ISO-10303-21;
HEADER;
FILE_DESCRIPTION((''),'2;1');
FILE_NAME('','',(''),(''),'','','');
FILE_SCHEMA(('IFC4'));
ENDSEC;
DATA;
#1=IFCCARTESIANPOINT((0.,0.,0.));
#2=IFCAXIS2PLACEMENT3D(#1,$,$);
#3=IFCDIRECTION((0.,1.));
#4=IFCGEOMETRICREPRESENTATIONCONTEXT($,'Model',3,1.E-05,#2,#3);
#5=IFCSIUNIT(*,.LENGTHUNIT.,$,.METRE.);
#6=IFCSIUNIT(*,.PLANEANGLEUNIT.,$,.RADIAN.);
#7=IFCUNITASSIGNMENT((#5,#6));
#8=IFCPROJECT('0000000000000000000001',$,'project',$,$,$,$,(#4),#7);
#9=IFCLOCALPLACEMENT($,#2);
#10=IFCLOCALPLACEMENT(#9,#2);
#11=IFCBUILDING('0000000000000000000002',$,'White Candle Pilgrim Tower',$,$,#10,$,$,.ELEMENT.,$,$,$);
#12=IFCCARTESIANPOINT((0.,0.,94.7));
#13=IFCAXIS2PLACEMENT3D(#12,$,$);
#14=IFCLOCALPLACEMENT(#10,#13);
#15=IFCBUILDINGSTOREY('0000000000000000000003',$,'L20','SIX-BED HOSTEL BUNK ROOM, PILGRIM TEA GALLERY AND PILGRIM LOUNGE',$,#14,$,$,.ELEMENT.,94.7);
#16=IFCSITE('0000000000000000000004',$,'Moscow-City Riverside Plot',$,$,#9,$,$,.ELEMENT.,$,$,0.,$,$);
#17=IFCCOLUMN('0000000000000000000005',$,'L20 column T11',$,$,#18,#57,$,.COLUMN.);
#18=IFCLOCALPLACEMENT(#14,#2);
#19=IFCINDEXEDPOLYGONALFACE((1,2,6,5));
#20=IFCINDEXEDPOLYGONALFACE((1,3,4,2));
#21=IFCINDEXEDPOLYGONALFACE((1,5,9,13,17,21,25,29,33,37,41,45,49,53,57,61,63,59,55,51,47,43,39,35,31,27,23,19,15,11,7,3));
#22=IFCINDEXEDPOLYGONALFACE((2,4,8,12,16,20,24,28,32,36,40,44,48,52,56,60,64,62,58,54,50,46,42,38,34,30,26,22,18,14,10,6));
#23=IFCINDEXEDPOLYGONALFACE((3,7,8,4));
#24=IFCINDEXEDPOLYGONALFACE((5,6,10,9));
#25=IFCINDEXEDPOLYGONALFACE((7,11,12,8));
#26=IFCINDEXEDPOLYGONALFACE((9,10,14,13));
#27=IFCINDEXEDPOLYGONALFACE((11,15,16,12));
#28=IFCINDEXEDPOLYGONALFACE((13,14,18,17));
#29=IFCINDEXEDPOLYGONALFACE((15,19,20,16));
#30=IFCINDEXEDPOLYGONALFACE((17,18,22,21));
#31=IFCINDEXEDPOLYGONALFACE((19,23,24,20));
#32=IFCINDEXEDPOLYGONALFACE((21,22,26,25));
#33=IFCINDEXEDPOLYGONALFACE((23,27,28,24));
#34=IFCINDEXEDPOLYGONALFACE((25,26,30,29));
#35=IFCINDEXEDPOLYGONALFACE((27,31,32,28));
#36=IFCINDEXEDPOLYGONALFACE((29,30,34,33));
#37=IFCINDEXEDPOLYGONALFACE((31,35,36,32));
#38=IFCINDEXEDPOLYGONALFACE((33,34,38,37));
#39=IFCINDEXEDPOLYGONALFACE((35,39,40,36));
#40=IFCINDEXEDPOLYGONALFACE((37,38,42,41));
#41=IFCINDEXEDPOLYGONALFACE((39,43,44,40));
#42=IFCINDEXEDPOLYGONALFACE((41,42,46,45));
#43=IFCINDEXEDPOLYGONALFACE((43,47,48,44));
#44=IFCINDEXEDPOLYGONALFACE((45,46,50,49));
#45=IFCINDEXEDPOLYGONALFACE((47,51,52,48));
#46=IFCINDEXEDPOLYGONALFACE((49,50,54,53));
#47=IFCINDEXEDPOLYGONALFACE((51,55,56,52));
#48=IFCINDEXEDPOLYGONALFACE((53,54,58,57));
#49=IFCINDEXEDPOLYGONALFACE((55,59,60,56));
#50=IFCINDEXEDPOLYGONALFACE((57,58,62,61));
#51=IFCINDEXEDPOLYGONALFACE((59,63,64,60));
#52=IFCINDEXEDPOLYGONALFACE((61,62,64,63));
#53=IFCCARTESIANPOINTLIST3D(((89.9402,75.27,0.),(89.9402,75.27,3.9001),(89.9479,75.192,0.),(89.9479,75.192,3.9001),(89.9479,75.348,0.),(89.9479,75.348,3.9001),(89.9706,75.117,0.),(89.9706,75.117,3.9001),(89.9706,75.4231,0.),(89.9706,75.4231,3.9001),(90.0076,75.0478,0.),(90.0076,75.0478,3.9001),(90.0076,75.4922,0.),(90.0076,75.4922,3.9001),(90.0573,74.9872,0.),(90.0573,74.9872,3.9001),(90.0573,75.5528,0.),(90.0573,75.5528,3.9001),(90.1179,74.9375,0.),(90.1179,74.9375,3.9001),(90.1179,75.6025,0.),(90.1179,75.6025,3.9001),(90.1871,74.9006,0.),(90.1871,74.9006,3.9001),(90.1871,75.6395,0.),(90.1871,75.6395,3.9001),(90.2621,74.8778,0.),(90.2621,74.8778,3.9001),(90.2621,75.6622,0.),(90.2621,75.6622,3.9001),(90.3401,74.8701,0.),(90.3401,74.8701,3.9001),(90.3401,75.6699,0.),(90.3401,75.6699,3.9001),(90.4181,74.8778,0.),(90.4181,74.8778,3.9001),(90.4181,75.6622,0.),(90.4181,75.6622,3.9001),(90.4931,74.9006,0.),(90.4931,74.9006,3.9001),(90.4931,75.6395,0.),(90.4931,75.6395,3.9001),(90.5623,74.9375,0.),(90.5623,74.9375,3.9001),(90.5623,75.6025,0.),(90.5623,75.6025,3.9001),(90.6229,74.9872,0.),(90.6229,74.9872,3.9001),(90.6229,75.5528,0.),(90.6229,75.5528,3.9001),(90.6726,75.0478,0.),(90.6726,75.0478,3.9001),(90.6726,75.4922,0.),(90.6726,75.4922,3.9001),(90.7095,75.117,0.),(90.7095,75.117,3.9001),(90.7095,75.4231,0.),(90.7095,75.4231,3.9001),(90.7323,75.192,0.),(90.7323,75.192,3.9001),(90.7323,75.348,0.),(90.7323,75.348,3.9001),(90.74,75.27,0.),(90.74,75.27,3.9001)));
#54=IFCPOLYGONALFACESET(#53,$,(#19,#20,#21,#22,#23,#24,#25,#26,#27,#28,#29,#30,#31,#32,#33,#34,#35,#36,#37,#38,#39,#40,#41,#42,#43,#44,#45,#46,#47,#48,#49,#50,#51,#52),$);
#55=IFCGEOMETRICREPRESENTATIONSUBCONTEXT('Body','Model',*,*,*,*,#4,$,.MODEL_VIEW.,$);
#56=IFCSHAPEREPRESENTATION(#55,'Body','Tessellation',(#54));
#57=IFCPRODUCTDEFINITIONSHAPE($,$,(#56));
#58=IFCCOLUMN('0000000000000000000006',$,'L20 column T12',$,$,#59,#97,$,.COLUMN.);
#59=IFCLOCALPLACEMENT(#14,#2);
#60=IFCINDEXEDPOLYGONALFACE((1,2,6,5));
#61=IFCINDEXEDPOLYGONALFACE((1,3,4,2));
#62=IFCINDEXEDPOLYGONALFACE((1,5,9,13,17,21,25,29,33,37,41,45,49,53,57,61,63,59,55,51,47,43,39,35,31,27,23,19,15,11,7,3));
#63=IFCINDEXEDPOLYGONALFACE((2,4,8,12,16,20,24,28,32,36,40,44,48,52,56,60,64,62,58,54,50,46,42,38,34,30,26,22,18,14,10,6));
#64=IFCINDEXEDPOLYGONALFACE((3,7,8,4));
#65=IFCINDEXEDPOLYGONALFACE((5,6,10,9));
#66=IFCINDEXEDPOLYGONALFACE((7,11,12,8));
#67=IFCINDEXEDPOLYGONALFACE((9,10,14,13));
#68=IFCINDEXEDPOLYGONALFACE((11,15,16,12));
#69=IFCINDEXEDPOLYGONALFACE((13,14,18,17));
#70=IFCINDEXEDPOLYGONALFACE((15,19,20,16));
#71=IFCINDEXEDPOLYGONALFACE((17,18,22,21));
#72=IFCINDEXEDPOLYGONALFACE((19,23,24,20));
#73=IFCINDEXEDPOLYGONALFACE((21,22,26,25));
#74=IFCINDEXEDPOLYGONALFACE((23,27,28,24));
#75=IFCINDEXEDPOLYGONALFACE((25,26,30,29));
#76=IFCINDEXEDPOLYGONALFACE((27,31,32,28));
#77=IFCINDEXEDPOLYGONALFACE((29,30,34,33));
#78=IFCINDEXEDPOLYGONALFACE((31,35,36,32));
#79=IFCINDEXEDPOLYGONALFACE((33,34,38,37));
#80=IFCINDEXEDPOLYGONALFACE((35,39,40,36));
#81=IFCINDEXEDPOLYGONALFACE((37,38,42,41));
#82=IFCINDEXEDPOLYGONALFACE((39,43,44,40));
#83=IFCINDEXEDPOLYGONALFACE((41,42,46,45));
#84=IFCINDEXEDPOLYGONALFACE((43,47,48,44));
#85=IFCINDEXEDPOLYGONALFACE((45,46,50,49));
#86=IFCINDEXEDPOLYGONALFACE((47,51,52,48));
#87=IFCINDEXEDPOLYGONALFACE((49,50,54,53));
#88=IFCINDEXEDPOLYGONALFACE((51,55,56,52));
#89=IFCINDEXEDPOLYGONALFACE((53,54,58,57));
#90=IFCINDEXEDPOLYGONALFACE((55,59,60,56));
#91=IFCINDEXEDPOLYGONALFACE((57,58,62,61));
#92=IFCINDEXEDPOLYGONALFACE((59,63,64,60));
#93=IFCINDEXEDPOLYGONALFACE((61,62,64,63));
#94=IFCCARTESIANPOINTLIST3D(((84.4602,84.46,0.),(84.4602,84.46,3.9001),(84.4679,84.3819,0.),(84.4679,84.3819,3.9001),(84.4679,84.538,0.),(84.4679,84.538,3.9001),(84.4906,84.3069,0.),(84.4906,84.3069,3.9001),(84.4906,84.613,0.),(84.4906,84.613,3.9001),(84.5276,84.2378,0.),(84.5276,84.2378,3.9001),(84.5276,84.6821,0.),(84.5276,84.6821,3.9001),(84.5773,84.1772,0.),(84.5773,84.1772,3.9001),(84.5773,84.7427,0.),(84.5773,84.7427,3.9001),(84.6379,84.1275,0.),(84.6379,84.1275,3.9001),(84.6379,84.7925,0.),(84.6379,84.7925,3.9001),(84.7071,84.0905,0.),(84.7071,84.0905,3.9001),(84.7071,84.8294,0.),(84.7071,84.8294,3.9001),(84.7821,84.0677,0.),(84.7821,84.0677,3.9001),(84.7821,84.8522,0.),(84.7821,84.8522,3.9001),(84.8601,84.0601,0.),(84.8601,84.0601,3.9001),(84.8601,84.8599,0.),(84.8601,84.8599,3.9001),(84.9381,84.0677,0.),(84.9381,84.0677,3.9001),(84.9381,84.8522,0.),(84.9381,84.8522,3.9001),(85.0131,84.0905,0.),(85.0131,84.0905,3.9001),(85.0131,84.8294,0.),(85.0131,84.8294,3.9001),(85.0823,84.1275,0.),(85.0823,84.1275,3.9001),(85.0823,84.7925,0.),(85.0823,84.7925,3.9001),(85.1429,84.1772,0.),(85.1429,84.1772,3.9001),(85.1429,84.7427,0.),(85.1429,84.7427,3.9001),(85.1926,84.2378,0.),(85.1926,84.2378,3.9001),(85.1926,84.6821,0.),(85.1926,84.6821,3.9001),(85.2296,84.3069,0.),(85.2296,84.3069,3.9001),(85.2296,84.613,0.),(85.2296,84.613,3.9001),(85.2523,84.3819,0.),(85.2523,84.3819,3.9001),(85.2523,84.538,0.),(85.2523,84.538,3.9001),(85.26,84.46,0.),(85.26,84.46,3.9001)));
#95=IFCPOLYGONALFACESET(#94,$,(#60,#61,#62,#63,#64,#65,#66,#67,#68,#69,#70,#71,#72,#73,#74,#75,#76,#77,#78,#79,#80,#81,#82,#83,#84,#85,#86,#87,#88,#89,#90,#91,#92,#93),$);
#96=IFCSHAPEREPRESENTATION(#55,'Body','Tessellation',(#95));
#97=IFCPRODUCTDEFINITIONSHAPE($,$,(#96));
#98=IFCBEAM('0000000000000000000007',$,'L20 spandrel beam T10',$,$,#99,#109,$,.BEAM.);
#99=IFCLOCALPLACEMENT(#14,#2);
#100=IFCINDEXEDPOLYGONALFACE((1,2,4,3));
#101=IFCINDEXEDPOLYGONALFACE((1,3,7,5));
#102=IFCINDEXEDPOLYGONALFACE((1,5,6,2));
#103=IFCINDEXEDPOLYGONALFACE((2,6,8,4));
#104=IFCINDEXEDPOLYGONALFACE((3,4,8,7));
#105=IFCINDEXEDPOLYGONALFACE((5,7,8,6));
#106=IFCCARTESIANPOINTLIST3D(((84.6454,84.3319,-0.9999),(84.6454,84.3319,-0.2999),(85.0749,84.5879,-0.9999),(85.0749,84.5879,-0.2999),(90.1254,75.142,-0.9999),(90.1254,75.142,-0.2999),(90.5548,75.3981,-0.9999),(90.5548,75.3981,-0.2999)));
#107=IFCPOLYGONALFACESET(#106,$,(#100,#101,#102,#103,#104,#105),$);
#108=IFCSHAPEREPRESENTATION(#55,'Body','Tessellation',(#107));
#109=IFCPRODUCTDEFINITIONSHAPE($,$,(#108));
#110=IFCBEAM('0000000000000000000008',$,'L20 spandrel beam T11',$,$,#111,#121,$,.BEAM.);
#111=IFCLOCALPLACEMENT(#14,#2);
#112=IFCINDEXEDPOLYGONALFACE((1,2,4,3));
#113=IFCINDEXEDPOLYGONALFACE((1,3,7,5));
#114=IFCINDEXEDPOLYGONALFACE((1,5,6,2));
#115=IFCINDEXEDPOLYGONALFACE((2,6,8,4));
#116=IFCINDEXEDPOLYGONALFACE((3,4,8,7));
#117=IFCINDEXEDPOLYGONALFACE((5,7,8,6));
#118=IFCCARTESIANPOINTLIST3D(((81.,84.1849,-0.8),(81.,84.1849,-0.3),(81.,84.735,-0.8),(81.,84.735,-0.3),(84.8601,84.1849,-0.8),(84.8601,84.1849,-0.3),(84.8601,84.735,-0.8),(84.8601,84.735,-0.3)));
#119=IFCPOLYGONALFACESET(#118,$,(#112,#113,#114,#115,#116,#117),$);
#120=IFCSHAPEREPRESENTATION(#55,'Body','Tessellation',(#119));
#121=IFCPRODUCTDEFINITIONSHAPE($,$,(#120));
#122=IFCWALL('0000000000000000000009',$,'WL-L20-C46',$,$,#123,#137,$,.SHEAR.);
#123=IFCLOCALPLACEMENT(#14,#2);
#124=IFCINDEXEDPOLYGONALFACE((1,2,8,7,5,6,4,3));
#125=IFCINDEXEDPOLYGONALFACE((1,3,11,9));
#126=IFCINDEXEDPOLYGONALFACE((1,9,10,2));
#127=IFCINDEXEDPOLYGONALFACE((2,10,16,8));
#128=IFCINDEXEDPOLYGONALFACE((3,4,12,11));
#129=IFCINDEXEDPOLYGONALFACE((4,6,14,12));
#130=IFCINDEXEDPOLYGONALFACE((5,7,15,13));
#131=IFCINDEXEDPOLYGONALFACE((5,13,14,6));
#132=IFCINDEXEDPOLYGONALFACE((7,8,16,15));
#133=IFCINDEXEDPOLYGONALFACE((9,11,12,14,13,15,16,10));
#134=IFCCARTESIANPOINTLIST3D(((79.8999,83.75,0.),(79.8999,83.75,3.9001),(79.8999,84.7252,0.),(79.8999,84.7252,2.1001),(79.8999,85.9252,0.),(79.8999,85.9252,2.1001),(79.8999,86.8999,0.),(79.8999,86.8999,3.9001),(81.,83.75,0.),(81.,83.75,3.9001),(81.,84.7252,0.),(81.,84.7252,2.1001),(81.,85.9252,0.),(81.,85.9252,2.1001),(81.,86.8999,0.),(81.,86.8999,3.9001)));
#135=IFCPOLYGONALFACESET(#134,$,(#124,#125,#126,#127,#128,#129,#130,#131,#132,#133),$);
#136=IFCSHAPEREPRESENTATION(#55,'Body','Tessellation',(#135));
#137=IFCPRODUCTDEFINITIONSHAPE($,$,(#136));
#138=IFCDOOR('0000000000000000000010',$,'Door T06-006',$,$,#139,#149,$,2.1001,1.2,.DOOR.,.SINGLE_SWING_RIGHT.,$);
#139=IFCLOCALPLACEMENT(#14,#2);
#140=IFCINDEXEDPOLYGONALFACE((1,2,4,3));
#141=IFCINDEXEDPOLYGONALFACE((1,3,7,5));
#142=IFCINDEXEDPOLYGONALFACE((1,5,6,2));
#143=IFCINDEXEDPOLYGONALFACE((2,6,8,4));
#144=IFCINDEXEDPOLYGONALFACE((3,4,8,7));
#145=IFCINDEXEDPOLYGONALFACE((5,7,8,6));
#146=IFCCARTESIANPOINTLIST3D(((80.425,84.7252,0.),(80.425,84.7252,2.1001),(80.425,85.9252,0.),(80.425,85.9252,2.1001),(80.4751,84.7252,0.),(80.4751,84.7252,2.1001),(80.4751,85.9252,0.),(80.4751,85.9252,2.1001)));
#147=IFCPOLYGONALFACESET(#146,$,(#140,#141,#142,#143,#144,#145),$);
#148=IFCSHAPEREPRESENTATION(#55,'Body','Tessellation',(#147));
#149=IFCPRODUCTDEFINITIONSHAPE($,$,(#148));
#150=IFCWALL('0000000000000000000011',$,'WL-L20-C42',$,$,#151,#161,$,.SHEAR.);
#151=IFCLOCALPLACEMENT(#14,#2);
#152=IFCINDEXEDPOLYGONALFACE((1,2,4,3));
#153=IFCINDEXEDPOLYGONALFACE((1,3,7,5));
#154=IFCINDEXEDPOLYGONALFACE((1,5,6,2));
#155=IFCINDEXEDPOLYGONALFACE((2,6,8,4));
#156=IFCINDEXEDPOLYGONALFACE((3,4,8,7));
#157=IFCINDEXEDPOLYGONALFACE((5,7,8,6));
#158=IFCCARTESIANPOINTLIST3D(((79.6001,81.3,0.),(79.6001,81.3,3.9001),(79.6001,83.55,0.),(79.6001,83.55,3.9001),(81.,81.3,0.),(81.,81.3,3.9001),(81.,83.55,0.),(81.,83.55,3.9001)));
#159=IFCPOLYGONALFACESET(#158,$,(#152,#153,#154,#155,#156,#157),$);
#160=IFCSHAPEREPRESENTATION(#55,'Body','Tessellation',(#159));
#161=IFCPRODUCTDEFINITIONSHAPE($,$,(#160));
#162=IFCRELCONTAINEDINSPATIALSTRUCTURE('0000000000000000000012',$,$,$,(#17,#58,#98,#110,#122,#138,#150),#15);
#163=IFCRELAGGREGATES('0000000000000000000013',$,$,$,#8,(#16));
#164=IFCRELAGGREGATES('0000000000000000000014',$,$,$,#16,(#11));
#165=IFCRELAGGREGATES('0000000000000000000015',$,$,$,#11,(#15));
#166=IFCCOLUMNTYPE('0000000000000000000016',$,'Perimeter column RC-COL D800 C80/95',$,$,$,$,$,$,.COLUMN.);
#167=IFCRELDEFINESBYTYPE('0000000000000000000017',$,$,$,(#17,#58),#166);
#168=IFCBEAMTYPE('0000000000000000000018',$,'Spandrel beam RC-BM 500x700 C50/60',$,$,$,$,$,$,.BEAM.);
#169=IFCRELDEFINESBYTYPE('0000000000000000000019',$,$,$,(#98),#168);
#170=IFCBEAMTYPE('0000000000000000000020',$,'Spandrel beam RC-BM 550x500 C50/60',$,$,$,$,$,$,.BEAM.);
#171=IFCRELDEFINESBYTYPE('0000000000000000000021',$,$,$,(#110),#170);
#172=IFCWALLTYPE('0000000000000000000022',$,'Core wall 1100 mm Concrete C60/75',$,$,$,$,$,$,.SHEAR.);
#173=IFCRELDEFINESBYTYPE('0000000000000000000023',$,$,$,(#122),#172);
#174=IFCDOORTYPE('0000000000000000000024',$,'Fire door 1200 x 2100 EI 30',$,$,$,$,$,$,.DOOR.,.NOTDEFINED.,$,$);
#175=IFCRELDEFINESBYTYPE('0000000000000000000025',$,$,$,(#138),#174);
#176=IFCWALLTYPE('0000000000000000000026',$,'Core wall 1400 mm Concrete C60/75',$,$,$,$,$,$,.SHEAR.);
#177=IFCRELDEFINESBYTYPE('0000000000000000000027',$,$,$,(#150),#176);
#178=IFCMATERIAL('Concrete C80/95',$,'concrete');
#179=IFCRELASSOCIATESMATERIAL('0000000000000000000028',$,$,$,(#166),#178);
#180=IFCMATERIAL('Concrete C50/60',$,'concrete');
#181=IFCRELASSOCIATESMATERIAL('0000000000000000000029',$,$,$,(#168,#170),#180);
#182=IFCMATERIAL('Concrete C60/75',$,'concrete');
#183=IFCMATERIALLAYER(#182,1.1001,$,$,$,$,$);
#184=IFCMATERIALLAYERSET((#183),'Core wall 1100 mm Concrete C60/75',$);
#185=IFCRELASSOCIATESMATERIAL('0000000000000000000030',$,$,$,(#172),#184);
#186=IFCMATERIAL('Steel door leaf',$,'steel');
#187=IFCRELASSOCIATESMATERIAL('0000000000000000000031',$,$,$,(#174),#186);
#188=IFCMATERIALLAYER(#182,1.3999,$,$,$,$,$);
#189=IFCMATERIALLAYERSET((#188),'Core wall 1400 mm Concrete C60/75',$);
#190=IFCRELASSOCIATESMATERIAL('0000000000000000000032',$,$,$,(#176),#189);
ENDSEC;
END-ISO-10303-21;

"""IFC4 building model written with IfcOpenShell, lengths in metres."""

from ifc_helpers import new_model, si_unit, direction, frame, frame_2d, origin, origin_2d, place, context, subcontext, project, spatial, rectangle, circle, extrude, material, layer, layer_set, material_profile, profile_set, type_object, element, fill, save


model = new_model("IFC4")

# Units and contexts
model_context = context("Model", 3, precision=1e-05, world=origin(), true_north=direction((0.0, 1.0)))
body_context = subcontext(model_context, "Body", "Model", "MODEL_VIEW")
ifc_project = project(units=[si_unit("LENGTHUNIT", "METRE"), si_unit("PLANEANGLEUNIT", "RADIAN")], contexts=[model_context])

# Site, building, storey
site_placement = place(None, origin())
site = spatial("IfcSite", under=ifc_project, at=site_placement, Name="Moscow-City Riverside Plot", CompositionType="ELEMENT", RefElevation=0.0)
building_placement = place(site_placement, origin())
building = spatial("IfcBuilding", under=site, at=building_placement, Name="White Candle Pilgrim Tower", CompositionType="ELEMENT")
storey_placement = place(building_placement, frame((0.0, 0.0, 94.7)))
storey = spatial("IfcBuildingStorey", under=building, at=storey_placement, Name="L20", Description="SIX-BED HOSTEL BUNK ROOM, PILGRIM TEA GALLERY AND PILGRIM LOUNGE", CompositionType="ELEMENT", Elevation=94.7)

# Columns
ifc_material_1 = material(Name="Concrete C80/95", Category="concrete")
ifc_material_profile_1 = material_profile(ifc_material_1, circle(Radius=0.3999, at=origin_2d()), Name="RC-COL D800")
ifc_profile_set_1 = profile_set([ifc_material_profile_1], Name="Concrete C80/95")
column_type = type_object("IfcColumnType", Name="Perimeter column RC-COL D800 C80/95", PredefinedType="COLUMN", material=ifc_profile_set_1)
for number, where, z_axis, x_axis, name in (
    (1, (90.3401, 75.27, 0.0), (0.0, 0.0, 1.0), (1.0, 0.0, 0.0), "L20 column T11"),
    (2, (84.8601, 84.46, 0.0), (0.0, 0.0, 1.0), (1.0, 0.0, 0.0), "L20 column T12"),
):
    element("IfcColumn", number, at=place(storey_placement, frame(where, z_axis=z_axis, x_axis=x_axis)), inside=storey, type_object=column_type, Name=name, PredefinedType="COLUMN", context=body_context, shape_type="SweptSolid", body=[
        extrude(circle(Radius=0.3999, at=origin_2d()), origin(), (0.0, 0.0, 1.0), 3.9001),
    ])

# Beams
ifc_material_2 = material(Name="Concrete C50/60", Category="concrete")
ifc_material_profile_2 = material_profile(ifc_material_2, rectangle(XDim=0.5, YDim=0.7, at=origin_2d()), Name="RC-BM 500x700")
ifc_profile_set_2 = profile_set([ifc_material_profile_2], Name="Concrete C50/60")
beam_type_1 = type_object("IfcBeamType", Name="Spandrel beam RC-BM 500x700 C50/60", PredefinedType="BEAM", material=ifc_profile_set_2)
beam_1_placement = place(storey_placement, frame((90.3401, 75.27, -0.6499), z_axis=(-0.512158, 0.858891, 0.0), x_axis=(-0.858891, -0.512158, 0.0)))
element("IfcBeam", 3, at=beam_1_placement, inside=storey, type_object=beam_type_1, Name="L20 spandrel beam T10", PredefinedType="BEAM", context=body_context, shape_type="SweptSolid", body=[
    extrude(rectangle(XDim=0.5, YDim=0.7, at=origin_2d()), origin(), (0.0, 0.0, 1.0), 10.6997),
])
ifc_material_profile_3 = material_profile(ifc_material_2, rectangle(XDim=0.55, YDim=0.5, at=origin_2d()), Name="RC-BM 550x500")
ifc_profile_set_3 = profile_set([ifc_material_profile_3], Name="Concrete C50/60")
beam_type_2 = type_object("IfcBeamType", Name="Spandrel beam RC-BM 550x500 C50/60", PredefinedType="BEAM", material=ifc_profile_set_3)
beam_2_placement = place(storey_placement, frame((84.8601, 84.46, -0.55), z_axis=(-1.0, 0.0, 0.0), x_axis=(0.0, -1.0, 0.0)))
element("IfcBeam", 4, at=beam_2_placement, inside=storey, type_object=beam_type_2, Name="L20 spandrel beam T11", PredefinedType="BEAM", context=body_context, shape_type="SweptSolid", body=[
    extrude(rectangle(XDim=0.55, YDim=0.5, at=origin_2d()), origin(), (0.0, 0.0, 1.0), 3.8601),
])

# Wall, opening, door
ifc_material_3 = material(Name="Concrete C60/75", Category="concrete")
ifc_layer_1 = layer(ifc_material_3, 1.1001)
ifc_layer_set_1 = layer_set([ifc_layer_1], Name="Core wall 1100 mm Concrete C60/75")
wall_type_1 = type_object("IfcWallType", Name="Core wall 1100 mm Concrete C60/75", PredefinedType="SHEAR", material=ifc_layer_set_1)
wall_1_placement = place(storey_placement, frame((80.45, 83.75, 0.0), z_axis=(0.0, 0.0, 1.0), x_axis=(0.0, 1.0, 0.0)))
wall_1 = element("IfcWall", 5, at=wall_1_placement, inside=storey, type_object=wall_type_1, Name="WL-L20-C46", PredefinedType="SHEAR", context=body_context, shape_type="SweptSolid", body=[
    extrude(rectangle(XDim=3.1499, YDim=1.1001, at=frame_2d((1.575, 0.0))), origin(), (0.0, 0.0, 1.0), 3.9001),
])
opening_1_placement = place(wall_1_placement, frame((0.9751, 0.0, 0.0)))
opening_1 = element("IfcOpeningElement", 6, at=opening_1_placement, cuts=wall_1, PredefinedType="OPENING", context=body_context, shape_type="SweptSolid", body=[
    extrude(rectangle(XDim=1.2, YDim=2.1001, at=frame_2d((0.6001, 1.05))), frame((0.0, 0.5601, 0.0), z_axis=(0.0, -1.0, 0.0), x_axis=(1.0, 0.0, 0.0)), (0.0, 0.0, 1.0), 1.1201),
])
ifc_material_4 = material(Name="Steel door leaf", Category="steel")
door_type_1 = type_object("IfcDoorType", Name="Fire door 1200 x 2100 EI 30", OperationType="NOTDEFINED", PredefinedType="DOOR", material=ifc_material_4)
door_1_placement = place(opening_1_placement, origin())
door_1 = element("IfcDoor", 7, at=door_1_placement, inside=storey, type_object=door_type_1, Name="Door T06-006", OperationType="SINGLE_SWING_RIGHT", OverallHeight=2.1001, OverallWidth=1.2, PredefinedType="DOOR", context=body_context, shape_type="SweptSolid", body=[
    extrude(rectangle(XDim=1.2, YDim=2.1001, at=frame_2d((0.6001, 1.05))), frame((0.0, 0.0249, 0.0), z_axis=(0.0, -1.0, 0.0), x_axis=(1.0, 0.0, 0.0)), (0.0, 0.0, 1.0), 0.05),
])
fill(opening_1, door_1)

# Wall
ifc_layer_2 = layer(ifc_material_3, 1.3999)
ifc_layer_set_2 = layer_set([ifc_layer_2], Name="Core wall 1400 mm Concrete C60/75")
wall_type_2 = type_object("IfcWallType", Name="Core wall 1400 mm Concrete C60/75", PredefinedType="SHEAR", material=ifc_layer_set_2)
wall_2_placement = place(storey_placement, frame((80.3, 81.3, 0.0), z_axis=(0.0, 0.0, 1.0), x_axis=(0.0, 1.0, 0.0)))
element("IfcWall", 8, at=wall_2_placement, inside=storey, type_object=wall_type_2, Name="WL-L20-C42", PredefinedType="SHEAR", context=body_context, shape_type="SweptSolid", body=[
    extrude(rectangle(XDim=2.25, YDim=1.3999, at=frame_2d((1.125, 0.0))), origin(), (0.0, 0.0, 1.0), 3.9001),
])

save(model, "model.ifc")
